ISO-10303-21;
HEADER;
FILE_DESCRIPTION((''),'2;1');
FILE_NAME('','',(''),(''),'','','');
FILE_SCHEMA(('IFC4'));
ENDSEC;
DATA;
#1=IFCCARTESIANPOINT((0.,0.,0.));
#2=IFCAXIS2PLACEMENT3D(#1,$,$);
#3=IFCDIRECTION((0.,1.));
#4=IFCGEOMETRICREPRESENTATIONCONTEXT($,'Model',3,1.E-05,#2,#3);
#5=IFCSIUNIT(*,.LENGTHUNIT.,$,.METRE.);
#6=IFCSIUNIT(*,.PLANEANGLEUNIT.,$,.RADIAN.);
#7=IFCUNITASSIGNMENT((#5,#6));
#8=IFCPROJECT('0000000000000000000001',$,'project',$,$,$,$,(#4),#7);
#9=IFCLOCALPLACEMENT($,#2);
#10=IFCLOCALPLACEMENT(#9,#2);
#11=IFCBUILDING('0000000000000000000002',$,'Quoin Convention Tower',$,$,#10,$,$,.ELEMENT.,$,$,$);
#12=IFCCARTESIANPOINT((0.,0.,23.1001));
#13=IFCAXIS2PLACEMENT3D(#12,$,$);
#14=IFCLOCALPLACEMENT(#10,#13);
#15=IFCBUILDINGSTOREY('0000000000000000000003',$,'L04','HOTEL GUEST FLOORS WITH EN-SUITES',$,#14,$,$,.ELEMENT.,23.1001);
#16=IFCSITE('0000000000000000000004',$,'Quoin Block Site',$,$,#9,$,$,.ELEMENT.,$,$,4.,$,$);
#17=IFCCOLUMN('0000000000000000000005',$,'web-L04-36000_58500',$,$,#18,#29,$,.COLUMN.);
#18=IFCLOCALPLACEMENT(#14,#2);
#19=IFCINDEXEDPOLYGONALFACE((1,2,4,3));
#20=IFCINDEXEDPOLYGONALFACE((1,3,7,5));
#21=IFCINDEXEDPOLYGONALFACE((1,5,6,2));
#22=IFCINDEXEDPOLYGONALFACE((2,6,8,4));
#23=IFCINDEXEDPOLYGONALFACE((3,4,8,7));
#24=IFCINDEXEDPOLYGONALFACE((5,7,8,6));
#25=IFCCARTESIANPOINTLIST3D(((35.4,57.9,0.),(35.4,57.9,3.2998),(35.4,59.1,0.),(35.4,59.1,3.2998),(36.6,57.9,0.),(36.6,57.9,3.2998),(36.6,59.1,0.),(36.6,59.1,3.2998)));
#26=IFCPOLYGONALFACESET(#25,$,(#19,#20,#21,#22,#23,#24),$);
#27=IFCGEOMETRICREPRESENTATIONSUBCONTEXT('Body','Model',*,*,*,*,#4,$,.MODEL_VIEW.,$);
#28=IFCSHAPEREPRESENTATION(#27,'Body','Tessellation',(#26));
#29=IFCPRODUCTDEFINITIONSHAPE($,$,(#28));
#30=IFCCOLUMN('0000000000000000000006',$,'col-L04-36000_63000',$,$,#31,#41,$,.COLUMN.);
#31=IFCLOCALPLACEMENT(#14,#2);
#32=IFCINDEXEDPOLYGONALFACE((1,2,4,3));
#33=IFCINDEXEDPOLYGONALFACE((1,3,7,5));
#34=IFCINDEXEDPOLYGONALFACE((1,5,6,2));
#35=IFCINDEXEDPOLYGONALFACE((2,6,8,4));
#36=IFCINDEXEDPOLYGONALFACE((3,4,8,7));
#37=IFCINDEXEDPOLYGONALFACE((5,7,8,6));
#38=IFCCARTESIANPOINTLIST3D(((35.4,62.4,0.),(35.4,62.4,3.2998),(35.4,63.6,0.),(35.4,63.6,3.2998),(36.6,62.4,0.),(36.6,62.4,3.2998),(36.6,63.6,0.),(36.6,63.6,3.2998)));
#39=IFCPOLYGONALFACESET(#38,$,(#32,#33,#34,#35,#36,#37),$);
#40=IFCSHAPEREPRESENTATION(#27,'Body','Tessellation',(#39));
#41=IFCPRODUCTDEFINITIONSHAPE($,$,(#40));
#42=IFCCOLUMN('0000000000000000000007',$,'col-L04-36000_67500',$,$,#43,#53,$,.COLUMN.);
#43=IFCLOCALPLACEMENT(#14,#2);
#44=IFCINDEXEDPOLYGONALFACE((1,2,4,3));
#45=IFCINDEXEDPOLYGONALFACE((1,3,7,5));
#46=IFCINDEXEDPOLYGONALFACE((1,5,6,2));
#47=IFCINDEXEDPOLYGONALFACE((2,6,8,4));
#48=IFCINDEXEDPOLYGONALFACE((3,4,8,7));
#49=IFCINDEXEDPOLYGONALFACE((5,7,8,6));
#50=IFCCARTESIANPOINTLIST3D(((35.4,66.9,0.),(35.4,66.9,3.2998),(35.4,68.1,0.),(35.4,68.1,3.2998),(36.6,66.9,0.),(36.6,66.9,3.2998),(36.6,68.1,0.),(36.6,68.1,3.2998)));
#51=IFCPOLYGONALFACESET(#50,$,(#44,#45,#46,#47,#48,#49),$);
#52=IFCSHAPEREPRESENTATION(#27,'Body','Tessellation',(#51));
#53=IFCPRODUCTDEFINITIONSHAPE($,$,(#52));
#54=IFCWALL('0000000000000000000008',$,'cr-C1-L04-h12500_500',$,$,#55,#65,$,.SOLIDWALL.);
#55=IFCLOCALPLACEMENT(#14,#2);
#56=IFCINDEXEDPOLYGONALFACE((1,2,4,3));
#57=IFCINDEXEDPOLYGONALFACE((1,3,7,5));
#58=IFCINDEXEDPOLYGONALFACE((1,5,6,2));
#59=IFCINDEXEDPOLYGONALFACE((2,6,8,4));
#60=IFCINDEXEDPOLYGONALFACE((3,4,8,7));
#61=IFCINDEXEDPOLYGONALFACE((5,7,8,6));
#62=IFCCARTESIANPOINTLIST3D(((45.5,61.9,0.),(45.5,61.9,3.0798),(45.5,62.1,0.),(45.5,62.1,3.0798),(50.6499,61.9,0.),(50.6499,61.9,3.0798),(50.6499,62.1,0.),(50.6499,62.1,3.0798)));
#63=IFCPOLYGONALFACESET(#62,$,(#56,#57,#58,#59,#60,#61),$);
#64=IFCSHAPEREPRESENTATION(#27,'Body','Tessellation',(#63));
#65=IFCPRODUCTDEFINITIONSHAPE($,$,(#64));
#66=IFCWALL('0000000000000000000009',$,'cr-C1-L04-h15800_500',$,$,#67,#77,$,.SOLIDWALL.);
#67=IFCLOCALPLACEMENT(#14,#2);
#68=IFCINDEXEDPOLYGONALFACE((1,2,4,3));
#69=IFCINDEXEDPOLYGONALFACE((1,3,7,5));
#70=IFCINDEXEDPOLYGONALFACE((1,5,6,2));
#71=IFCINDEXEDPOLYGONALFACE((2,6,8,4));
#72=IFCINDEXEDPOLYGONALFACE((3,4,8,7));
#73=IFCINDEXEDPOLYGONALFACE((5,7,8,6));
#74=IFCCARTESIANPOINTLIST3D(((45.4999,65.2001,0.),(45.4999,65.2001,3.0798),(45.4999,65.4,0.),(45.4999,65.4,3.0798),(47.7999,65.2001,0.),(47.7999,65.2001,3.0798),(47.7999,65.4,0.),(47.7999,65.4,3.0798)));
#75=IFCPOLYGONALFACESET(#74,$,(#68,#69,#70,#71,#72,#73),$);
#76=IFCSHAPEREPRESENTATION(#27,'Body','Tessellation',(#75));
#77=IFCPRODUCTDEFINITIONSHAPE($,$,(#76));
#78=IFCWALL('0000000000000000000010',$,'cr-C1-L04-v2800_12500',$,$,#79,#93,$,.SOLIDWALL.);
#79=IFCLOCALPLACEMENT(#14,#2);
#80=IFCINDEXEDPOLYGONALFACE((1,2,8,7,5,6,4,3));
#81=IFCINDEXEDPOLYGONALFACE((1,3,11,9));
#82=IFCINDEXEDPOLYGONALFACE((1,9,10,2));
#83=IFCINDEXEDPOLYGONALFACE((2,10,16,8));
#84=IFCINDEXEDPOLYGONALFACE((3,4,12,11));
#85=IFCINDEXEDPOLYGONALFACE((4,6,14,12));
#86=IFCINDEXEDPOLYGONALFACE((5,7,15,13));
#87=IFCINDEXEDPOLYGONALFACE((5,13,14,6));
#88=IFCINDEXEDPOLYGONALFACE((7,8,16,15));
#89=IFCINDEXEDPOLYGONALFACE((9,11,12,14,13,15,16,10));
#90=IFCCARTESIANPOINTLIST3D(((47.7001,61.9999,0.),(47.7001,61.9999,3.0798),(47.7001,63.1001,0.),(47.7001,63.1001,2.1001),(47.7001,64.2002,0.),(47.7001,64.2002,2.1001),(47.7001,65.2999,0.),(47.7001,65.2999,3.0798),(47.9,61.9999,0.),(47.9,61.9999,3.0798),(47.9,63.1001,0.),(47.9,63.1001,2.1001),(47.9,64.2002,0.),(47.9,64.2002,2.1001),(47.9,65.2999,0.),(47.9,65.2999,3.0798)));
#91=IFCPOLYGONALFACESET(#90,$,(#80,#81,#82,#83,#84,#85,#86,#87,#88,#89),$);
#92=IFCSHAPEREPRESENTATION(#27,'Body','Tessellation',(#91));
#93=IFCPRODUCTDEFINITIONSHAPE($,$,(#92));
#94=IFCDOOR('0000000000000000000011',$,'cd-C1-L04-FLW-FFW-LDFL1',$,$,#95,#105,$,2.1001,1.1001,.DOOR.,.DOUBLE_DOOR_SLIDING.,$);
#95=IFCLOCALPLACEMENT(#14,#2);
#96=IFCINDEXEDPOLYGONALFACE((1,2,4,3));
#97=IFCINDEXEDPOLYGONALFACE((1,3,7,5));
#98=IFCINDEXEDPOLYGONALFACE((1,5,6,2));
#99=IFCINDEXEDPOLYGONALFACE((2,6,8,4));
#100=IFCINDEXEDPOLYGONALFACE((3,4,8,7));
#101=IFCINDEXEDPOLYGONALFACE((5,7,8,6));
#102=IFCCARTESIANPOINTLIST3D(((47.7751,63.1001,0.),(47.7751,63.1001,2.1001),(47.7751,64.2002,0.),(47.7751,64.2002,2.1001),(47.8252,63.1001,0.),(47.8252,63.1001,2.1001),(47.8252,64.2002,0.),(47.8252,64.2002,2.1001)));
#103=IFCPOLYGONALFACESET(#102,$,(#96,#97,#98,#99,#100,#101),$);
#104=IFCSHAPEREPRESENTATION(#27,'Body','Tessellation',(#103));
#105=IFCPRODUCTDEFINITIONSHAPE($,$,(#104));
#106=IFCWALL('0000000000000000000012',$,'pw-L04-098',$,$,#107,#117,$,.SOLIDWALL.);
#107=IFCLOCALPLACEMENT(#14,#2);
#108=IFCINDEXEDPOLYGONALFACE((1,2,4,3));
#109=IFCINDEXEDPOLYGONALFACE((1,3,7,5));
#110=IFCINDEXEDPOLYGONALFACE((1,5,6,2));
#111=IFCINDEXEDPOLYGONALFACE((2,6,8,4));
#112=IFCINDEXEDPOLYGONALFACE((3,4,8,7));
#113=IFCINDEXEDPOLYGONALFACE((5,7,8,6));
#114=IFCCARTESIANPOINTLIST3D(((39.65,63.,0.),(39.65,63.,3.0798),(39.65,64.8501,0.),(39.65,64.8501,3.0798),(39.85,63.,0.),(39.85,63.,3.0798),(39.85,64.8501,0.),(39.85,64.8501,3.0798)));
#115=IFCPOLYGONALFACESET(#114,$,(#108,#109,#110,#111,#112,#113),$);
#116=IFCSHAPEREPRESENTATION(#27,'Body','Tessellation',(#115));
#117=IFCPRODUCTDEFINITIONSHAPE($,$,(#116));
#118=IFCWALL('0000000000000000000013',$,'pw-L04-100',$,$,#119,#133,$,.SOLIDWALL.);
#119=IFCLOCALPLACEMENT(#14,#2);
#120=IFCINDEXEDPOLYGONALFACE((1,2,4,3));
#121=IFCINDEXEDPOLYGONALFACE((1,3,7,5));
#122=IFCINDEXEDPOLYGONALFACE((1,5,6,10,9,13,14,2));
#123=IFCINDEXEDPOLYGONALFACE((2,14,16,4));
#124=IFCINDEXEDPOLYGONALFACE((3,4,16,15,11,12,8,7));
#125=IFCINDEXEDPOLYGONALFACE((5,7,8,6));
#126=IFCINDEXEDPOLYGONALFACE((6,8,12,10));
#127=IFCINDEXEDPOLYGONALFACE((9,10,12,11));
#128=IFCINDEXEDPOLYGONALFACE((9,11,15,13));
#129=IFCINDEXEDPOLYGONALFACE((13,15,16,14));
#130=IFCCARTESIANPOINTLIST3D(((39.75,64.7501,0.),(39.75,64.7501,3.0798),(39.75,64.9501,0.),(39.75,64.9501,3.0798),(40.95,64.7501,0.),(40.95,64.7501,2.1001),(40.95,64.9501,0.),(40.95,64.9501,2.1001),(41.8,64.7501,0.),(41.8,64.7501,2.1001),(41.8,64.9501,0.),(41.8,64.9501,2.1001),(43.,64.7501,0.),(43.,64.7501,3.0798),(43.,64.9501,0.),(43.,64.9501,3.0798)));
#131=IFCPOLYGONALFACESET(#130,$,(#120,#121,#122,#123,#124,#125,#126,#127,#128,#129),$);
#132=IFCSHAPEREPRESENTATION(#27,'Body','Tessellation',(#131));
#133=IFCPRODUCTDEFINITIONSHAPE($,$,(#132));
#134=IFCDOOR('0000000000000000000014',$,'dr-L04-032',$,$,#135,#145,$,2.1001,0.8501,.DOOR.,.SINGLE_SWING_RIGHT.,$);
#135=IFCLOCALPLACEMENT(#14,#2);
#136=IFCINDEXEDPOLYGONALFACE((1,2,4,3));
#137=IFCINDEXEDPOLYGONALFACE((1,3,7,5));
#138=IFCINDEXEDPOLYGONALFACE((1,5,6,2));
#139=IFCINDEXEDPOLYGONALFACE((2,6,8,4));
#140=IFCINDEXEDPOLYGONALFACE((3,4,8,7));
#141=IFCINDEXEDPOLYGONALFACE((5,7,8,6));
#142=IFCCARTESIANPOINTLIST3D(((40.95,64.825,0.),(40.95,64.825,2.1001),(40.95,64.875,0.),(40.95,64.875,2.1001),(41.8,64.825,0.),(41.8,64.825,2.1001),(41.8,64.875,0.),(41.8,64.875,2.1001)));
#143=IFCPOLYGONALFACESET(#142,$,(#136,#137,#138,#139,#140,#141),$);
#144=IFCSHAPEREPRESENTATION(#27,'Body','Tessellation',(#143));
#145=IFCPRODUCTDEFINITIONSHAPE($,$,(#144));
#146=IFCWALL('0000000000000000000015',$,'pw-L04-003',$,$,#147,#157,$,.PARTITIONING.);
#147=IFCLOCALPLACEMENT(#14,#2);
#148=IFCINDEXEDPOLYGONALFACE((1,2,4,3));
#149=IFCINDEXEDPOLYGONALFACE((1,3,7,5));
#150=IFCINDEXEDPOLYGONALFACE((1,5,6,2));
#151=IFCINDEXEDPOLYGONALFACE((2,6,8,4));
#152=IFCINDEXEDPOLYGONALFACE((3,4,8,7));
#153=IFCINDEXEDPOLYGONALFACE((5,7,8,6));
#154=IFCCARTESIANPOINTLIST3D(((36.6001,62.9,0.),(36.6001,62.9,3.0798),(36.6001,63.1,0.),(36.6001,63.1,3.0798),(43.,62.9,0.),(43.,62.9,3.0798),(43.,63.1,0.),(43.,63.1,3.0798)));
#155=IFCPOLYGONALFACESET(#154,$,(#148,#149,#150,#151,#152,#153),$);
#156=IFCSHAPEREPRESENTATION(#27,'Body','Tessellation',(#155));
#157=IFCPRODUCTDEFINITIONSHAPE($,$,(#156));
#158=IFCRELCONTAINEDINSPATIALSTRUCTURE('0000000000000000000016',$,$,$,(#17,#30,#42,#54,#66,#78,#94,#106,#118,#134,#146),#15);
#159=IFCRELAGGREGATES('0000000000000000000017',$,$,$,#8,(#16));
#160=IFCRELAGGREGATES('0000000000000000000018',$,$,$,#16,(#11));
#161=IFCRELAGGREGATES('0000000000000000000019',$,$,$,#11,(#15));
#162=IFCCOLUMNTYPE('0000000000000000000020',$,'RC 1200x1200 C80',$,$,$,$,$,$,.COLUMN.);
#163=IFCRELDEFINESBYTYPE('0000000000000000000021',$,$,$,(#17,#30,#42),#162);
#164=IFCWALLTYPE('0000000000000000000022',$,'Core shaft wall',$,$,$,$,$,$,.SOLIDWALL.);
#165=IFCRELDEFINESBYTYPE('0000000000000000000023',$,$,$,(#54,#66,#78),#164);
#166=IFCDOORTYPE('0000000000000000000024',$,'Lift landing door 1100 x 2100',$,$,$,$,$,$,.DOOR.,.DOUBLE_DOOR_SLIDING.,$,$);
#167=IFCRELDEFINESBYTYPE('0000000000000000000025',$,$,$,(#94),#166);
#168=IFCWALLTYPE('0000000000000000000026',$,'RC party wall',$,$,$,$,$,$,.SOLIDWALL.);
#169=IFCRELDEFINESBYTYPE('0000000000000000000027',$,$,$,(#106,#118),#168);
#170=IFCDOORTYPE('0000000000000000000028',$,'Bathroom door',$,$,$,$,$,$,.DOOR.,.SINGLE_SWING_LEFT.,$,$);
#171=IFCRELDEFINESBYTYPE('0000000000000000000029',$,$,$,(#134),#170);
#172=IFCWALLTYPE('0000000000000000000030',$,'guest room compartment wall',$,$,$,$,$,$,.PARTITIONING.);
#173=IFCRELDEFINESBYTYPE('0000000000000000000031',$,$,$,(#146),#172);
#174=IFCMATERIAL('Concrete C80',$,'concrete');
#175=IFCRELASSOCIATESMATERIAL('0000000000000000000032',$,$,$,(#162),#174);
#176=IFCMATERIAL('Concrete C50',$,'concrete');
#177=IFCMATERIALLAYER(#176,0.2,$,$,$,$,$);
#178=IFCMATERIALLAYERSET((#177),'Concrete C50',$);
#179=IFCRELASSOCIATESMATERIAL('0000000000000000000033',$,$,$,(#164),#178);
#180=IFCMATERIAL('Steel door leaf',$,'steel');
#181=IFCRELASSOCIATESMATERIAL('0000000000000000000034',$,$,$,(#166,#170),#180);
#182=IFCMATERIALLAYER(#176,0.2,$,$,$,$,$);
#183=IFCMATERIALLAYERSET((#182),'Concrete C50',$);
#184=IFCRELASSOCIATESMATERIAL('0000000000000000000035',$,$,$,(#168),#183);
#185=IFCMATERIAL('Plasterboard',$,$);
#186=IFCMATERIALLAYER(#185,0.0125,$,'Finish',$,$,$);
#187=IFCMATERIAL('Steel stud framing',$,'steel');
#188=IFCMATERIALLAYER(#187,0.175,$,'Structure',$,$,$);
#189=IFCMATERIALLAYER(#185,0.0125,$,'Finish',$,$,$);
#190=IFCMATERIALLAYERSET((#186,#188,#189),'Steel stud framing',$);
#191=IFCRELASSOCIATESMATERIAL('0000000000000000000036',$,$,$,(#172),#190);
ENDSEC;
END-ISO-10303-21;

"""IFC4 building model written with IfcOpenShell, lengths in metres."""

from ifc_helpers import new_model, si_unit, direction, frame, frame_2d, origin, origin_2d, place, context, subcontext, project, spatial, rectangle, extrude, material, layer, layer_set, material_profile, profile_set, type_object, element, fill, save


model = new_model("IFC4")

# Units and contexts
model_context = context("Model", 3, precision=1e-05, world=origin(), true_north=direction((0.0, 1.0)))
body_context = subcontext(model_context, "Body", "Model", "MODEL_VIEW")
ifc_project = project(units=[si_unit("LENGTHUNIT", "METRE"), si_unit("PLANEANGLEUNIT", "RADIAN")], contexts=[model_context])

# Site, building, storey
site_placement = place(None, origin())
site = spatial("IfcSite", under=ifc_project, at=site_placement, Name="Quoin Block Site", CompositionType="ELEMENT", RefElevation=4.0)
building_placement = place(site_placement, origin())
building = spatial("IfcBuilding", under=site, at=building_placement, Name="Quoin Convention Tower", CompositionType="ELEMENT")
storey_placement = place(building_placement, frame((0.0, 0.0, 23.1001)))
storey = spatial("IfcBuildingStorey", under=building, at=storey_placement, Name="L04", Description="HOTEL GUEST FLOORS WITH EN-SUITES", CompositionType="ELEMENT", Elevation=23.1001)

# Columns
ifc_material_1 = material(Name="Concrete C80", Category="concrete")
ifc_material_profile = material_profile(ifc_material_1, rectangle(XDim=1.2, YDim=1.2, at=origin_2d()), Name="RC 1200x1200")
ifc_profile_set = profile_set([ifc_material_profile], Name="Concrete C80")
column_type = type_object("IfcColumnType", Name="RC 1200x1200 C80", PredefinedType="COLUMN", material=ifc_profile_set)
for number, where, z_axis, x_axis, name in (
    (1, (36.0, 58.5, 0.0), (0.0, 0.0, 1.0), (1.0, 0.0, 0.0), "web-L04-36000_58500"),
    (2, (36.0, 63.0, 0.0), (0.0, 0.0, 1.0), (1.0, 0.0, 0.0), "col-L04-36000_63000"),
    (3, (36.0, 67.5, 0.0), (0.0, 0.0, 1.0), (1.0, 0.0, 0.0), "col-L04-36000_67500"),
):
    element("IfcColumn", number, at=place(storey_placement, frame(where, z_axis=z_axis, x_axis=x_axis)), inside=storey, type_object=column_type, Name=name, PredefinedType="COLUMN", context=body_context, shape_type="SweptSolid", body=[
        extrude(rectangle(XDim=1.2, YDim=1.2, at=origin_2d()), origin(), (0.0, 0.0, 1.0), 3.2998),
    ])

# Walls
ifc_material_2 = material(Name="Concrete C50", Category="concrete")
ifc_layer_1 = layer(ifc_material_2, 0.2)
ifc_layer_set_1 = layer_set([ifc_layer_1], Name="Concrete C50")
wall_type_1 = type_object("IfcWallType", Name="Core shaft wall", PredefinedType="SOLIDWALL", material=ifc_layer_set_1)
wall_1_placement = place(storey_placement, frame((45.5, 62.0, 0.0), z_axis=(0.0, 0.0, 1.0), x_axis=(1.0, 0.0, 0.0)))
element("IfcWall", 4, at=wall_1_placement, inside=storey, type_object=wall_type_1, Name="cr-C1-L04-h12500_500", PredefinedType="SOLIDWALL", context=body_context, shape_type="SweptSolid", body=[
    extrude(rectangle(XDim=5.1499, YDim=0.2, at=frame_2d((2.575, 0.0))), origin(), (0.0, 0.0, 1.0), 3.0798),
])
wall_2_placement = place(storey_placement, frame((45.5, 65.3, 0.0), z_axis=(0.0, 0.0, 1.0), x_axis=(1.0, 0.0, 0.0)))
element("IfcWall", 5, at=wall_2_placement, inside=storey, type_object=wall_type_1, Name="cr-C1-L04-h15800_500", PredefinedType="SOLIDWALL", context=body_context, shape_type="SweptSolid", body=[
    extrude(rectangle(XDim=2.3, YDim=0.2, at=frame_2d((1.1499, 0.0))), origin(), (0.0, 0.0, 1.0), 3.0798),
])

# Wall, opening, door
wall_3_placement = place(storey_placement, frame((47.8, 62.0, 0.0), z_axis=(0.0, 0.0, 1.0), x_axis=(0.0, 1.0, 0.0)))
wall_3 = element("IfcWall", 6, at=wall_3_placement, inside=storey, type_object=wall_type_1, Name="cr-C1-L04-v2800_12500", PredefinedType="SOLIDWALL", context=body_context, shape_type="SweptSolid", body=[
    extrude(rectangle(XDim=3.3, YDim=0.2, at=frame_2d((1.6499, 0.0))), origin(), (0.0, 0.0, 1.0), 3.0798),
])
opening_1_placement = place(wall_3_placement, frame((1.1001, 0.0, 0.0)))
opening_1 = element("IfcOpeningElement", 7, at=opening_1_placement, cuts=wall_3, PredefinedType="OPENING", context=body_context, shape_type="SweptSolid", body=[
    extrude(rectangle(XDim=1.1001, YDim=2.1001, at=frame_2d((0.55, 1.05))), frame((0.0, 0.1099, 0.0), z_axis=(0.0, -1.0, 0.0), x_axis=(1.0, 0.0, 0.0)), (0.0, 0.0, 1.0), 0.22),
])
ifc_material_3 = material(Name="Steel door leaf", Category="steel")
door_type_1 = type_object("IfcDoorType", Name="Lift landing door 1100 x 2100", OperationType="DOUBLE_DOOR_SLIDING", PredefinedType="DOOR", material=ifc_material_3)
door_1_placement = place(opening_1_placement, origin())
door_1 = element("IfcDoor", 8, at=door_1_placement, inside=storey, type_object=door_type_1, Name="cd-C1-L04-FLW-FFW-LDFL1", OperationType="DOUBLE_DOOR_SLIDING", OverallHeight=2.1001, OverallWidth=1.1001, PredefinedType="DOOR", context=body_context, shape_type="SweptSolid", body=[
    extrude(rectangle(XDim=1.1001, YDim=2.1001, at=frame_2d((0.55, 1.05))), frame((0.0, 0.0249, 0.0), z_axis=(0.0, -1.0, 0.0), x_axis=(1.0, 0.0, 0.0)), (0.0, 0.0, 1.0), 0.05),
])
fill(opening_1, door_1)

# Wall
ifc_layer_2 = layer(ifc_material_2, 0.2)
ifc_layer_set_2 = layer_set([ifc_layer_2], Name="Concrete C50")
wall_type_2 = type_object("IfcWallType", Name="RC party wall", PredefinedType="SOLIDWALL", material=ifc_layer_set_2)
wall_4_placement = place(storey_placement, frame((39.75, 63.0, 0.0), z_axis=(0.0, 0.0, 1.0), x_axis=(0.0, 1.0, 0.0)))
element("IfcWall", 9, at=wall_4_placement, inside=storey, type_object=wall_type_2, Name="pw-L04-098", PredefinedType="SOLIDWALL", context=body_context, shape_type="SweptSolid", body=[
    extrude(rectangle(XDim=1.8501, YDim=0.2, at=frame_2d((0.925, 0.0))), origin(), (0.0, 0.0, 1.0), 3.0798),
])

# Wall, opening, door
wall_5_placement = place(storey_placement, frame((39.75, 64.8501, 0.0), z_axis=(0.0, 0.0, 1.0), x_axis=(1.0, 0.0, 0.0)))
wall_5 = element("IfcWall", 10, at=wall_5_placement, inside=storey, type_object=wall_type_2, Name="pw-L04-100", PredefinedType="SOLIDWALL", context=body_context, shape_type="SweptSolid", body=[
    extrude(rectangle(XDim=3.25, YDim=0.2, at=frame_2d((1.625, 0.0))), origin(), (0.0, 0.0, 1.0), 3.0798),
])
opening_2_placement = place(wall_5_placement, frame((1.2, 0.0, 0.0)))
opening_2 = element("IfcOpeningElement", 11, at=opening_2_placement, cuts=wall_5, PredefinedType="OPENING", context=body_context, shape_type="SweptSolid", body=[
    extrude(rectangle(XDim=0.8501, YDim=2.1001, at=frame_2d((0.425, 1.05))), frame((0.0, 0.1099, 0.0), z_axis=(0.0, -1.0, 0.0), x_axis=(1.0, 0.0, 0.0)), (0.0, 0.0, 1.0), 0.22),
])
door_type_2 = type_object("IfcDoorType", Name="Bathroom door", OperationType="SINGLE_SWING_LEFT", PredefinedType="DOOR", material=ifc_material_3)
door_2_placement = place(opening_2_placement, origin())
door_2 = element("IfcDoor", 12, at=door_2_placement, inside=storey, type_object=door_type_2, Name="dr-L04-032", OperationType="SINGLE_SWING_RIGHT", OverallHeight=2.1001, OverallWidth=0.8501, PredefinedType="DOOR", context=body_context, shape_type="SweptSolid", body=[
    extrude(rectangle(XDim=0.8501, YDim=2.1001, at=frame_2d((0.425, 1.05))), frame((0.0, 0.0249, 0.0), z_axis=(0.0, -1.0, 0.0), x_axis=(1.0, 0.0, 0.0)), (0.0, 0.0, 1.0), 0.05),
])
fill(opening_2, door_2)

# Wall
ifc_material_4 = material(Name="Plasterboard")
ifc_layer_3 = layer(ifc_material_4, 0.0125, Name="Finish")
ifc_material_5 = material(Name="Steel stud framing", Category="steel")
ifc_layer_4 = layer(ifc_material_5, 0.175, Name="Structure")
ifc_layer_5 = layer(ifc_material_4, 0.0125, Name="Finish")
ifc_layer_set_3 = layer_set([ifc_layer_3, ifc_layer_4, ifc_layer_5], Name="Steel stud framing")
wall_type_3 = type_object("IfcWallType", Name="guest room compartment wall", PredefinedType="PARTITIONING", material=ifc_layer_set_3)
wall_6_placement = place(storey_placement, frame((36.6001, 63.0, 0.0), z_axis=(0.0, 0.0, 1.0), x_axis=(1.0, 0.0, 0.0)))
element("IfcWall", 13, at=wall_6_placement, inside=storey, type_object=wall_type_3, Name="pw-L04-003", PredefinedType="PARTITIONING", context=body_context, shape_type="SweptSolid", body=[
    extrude(rectangle(XDim=6.3999, YDim=0.2, at=frame_2d((3.2, 0.0))), origin(), (0.0, 0.0, 1.0), 3.0798),
])

save(model, "model.ifc")
